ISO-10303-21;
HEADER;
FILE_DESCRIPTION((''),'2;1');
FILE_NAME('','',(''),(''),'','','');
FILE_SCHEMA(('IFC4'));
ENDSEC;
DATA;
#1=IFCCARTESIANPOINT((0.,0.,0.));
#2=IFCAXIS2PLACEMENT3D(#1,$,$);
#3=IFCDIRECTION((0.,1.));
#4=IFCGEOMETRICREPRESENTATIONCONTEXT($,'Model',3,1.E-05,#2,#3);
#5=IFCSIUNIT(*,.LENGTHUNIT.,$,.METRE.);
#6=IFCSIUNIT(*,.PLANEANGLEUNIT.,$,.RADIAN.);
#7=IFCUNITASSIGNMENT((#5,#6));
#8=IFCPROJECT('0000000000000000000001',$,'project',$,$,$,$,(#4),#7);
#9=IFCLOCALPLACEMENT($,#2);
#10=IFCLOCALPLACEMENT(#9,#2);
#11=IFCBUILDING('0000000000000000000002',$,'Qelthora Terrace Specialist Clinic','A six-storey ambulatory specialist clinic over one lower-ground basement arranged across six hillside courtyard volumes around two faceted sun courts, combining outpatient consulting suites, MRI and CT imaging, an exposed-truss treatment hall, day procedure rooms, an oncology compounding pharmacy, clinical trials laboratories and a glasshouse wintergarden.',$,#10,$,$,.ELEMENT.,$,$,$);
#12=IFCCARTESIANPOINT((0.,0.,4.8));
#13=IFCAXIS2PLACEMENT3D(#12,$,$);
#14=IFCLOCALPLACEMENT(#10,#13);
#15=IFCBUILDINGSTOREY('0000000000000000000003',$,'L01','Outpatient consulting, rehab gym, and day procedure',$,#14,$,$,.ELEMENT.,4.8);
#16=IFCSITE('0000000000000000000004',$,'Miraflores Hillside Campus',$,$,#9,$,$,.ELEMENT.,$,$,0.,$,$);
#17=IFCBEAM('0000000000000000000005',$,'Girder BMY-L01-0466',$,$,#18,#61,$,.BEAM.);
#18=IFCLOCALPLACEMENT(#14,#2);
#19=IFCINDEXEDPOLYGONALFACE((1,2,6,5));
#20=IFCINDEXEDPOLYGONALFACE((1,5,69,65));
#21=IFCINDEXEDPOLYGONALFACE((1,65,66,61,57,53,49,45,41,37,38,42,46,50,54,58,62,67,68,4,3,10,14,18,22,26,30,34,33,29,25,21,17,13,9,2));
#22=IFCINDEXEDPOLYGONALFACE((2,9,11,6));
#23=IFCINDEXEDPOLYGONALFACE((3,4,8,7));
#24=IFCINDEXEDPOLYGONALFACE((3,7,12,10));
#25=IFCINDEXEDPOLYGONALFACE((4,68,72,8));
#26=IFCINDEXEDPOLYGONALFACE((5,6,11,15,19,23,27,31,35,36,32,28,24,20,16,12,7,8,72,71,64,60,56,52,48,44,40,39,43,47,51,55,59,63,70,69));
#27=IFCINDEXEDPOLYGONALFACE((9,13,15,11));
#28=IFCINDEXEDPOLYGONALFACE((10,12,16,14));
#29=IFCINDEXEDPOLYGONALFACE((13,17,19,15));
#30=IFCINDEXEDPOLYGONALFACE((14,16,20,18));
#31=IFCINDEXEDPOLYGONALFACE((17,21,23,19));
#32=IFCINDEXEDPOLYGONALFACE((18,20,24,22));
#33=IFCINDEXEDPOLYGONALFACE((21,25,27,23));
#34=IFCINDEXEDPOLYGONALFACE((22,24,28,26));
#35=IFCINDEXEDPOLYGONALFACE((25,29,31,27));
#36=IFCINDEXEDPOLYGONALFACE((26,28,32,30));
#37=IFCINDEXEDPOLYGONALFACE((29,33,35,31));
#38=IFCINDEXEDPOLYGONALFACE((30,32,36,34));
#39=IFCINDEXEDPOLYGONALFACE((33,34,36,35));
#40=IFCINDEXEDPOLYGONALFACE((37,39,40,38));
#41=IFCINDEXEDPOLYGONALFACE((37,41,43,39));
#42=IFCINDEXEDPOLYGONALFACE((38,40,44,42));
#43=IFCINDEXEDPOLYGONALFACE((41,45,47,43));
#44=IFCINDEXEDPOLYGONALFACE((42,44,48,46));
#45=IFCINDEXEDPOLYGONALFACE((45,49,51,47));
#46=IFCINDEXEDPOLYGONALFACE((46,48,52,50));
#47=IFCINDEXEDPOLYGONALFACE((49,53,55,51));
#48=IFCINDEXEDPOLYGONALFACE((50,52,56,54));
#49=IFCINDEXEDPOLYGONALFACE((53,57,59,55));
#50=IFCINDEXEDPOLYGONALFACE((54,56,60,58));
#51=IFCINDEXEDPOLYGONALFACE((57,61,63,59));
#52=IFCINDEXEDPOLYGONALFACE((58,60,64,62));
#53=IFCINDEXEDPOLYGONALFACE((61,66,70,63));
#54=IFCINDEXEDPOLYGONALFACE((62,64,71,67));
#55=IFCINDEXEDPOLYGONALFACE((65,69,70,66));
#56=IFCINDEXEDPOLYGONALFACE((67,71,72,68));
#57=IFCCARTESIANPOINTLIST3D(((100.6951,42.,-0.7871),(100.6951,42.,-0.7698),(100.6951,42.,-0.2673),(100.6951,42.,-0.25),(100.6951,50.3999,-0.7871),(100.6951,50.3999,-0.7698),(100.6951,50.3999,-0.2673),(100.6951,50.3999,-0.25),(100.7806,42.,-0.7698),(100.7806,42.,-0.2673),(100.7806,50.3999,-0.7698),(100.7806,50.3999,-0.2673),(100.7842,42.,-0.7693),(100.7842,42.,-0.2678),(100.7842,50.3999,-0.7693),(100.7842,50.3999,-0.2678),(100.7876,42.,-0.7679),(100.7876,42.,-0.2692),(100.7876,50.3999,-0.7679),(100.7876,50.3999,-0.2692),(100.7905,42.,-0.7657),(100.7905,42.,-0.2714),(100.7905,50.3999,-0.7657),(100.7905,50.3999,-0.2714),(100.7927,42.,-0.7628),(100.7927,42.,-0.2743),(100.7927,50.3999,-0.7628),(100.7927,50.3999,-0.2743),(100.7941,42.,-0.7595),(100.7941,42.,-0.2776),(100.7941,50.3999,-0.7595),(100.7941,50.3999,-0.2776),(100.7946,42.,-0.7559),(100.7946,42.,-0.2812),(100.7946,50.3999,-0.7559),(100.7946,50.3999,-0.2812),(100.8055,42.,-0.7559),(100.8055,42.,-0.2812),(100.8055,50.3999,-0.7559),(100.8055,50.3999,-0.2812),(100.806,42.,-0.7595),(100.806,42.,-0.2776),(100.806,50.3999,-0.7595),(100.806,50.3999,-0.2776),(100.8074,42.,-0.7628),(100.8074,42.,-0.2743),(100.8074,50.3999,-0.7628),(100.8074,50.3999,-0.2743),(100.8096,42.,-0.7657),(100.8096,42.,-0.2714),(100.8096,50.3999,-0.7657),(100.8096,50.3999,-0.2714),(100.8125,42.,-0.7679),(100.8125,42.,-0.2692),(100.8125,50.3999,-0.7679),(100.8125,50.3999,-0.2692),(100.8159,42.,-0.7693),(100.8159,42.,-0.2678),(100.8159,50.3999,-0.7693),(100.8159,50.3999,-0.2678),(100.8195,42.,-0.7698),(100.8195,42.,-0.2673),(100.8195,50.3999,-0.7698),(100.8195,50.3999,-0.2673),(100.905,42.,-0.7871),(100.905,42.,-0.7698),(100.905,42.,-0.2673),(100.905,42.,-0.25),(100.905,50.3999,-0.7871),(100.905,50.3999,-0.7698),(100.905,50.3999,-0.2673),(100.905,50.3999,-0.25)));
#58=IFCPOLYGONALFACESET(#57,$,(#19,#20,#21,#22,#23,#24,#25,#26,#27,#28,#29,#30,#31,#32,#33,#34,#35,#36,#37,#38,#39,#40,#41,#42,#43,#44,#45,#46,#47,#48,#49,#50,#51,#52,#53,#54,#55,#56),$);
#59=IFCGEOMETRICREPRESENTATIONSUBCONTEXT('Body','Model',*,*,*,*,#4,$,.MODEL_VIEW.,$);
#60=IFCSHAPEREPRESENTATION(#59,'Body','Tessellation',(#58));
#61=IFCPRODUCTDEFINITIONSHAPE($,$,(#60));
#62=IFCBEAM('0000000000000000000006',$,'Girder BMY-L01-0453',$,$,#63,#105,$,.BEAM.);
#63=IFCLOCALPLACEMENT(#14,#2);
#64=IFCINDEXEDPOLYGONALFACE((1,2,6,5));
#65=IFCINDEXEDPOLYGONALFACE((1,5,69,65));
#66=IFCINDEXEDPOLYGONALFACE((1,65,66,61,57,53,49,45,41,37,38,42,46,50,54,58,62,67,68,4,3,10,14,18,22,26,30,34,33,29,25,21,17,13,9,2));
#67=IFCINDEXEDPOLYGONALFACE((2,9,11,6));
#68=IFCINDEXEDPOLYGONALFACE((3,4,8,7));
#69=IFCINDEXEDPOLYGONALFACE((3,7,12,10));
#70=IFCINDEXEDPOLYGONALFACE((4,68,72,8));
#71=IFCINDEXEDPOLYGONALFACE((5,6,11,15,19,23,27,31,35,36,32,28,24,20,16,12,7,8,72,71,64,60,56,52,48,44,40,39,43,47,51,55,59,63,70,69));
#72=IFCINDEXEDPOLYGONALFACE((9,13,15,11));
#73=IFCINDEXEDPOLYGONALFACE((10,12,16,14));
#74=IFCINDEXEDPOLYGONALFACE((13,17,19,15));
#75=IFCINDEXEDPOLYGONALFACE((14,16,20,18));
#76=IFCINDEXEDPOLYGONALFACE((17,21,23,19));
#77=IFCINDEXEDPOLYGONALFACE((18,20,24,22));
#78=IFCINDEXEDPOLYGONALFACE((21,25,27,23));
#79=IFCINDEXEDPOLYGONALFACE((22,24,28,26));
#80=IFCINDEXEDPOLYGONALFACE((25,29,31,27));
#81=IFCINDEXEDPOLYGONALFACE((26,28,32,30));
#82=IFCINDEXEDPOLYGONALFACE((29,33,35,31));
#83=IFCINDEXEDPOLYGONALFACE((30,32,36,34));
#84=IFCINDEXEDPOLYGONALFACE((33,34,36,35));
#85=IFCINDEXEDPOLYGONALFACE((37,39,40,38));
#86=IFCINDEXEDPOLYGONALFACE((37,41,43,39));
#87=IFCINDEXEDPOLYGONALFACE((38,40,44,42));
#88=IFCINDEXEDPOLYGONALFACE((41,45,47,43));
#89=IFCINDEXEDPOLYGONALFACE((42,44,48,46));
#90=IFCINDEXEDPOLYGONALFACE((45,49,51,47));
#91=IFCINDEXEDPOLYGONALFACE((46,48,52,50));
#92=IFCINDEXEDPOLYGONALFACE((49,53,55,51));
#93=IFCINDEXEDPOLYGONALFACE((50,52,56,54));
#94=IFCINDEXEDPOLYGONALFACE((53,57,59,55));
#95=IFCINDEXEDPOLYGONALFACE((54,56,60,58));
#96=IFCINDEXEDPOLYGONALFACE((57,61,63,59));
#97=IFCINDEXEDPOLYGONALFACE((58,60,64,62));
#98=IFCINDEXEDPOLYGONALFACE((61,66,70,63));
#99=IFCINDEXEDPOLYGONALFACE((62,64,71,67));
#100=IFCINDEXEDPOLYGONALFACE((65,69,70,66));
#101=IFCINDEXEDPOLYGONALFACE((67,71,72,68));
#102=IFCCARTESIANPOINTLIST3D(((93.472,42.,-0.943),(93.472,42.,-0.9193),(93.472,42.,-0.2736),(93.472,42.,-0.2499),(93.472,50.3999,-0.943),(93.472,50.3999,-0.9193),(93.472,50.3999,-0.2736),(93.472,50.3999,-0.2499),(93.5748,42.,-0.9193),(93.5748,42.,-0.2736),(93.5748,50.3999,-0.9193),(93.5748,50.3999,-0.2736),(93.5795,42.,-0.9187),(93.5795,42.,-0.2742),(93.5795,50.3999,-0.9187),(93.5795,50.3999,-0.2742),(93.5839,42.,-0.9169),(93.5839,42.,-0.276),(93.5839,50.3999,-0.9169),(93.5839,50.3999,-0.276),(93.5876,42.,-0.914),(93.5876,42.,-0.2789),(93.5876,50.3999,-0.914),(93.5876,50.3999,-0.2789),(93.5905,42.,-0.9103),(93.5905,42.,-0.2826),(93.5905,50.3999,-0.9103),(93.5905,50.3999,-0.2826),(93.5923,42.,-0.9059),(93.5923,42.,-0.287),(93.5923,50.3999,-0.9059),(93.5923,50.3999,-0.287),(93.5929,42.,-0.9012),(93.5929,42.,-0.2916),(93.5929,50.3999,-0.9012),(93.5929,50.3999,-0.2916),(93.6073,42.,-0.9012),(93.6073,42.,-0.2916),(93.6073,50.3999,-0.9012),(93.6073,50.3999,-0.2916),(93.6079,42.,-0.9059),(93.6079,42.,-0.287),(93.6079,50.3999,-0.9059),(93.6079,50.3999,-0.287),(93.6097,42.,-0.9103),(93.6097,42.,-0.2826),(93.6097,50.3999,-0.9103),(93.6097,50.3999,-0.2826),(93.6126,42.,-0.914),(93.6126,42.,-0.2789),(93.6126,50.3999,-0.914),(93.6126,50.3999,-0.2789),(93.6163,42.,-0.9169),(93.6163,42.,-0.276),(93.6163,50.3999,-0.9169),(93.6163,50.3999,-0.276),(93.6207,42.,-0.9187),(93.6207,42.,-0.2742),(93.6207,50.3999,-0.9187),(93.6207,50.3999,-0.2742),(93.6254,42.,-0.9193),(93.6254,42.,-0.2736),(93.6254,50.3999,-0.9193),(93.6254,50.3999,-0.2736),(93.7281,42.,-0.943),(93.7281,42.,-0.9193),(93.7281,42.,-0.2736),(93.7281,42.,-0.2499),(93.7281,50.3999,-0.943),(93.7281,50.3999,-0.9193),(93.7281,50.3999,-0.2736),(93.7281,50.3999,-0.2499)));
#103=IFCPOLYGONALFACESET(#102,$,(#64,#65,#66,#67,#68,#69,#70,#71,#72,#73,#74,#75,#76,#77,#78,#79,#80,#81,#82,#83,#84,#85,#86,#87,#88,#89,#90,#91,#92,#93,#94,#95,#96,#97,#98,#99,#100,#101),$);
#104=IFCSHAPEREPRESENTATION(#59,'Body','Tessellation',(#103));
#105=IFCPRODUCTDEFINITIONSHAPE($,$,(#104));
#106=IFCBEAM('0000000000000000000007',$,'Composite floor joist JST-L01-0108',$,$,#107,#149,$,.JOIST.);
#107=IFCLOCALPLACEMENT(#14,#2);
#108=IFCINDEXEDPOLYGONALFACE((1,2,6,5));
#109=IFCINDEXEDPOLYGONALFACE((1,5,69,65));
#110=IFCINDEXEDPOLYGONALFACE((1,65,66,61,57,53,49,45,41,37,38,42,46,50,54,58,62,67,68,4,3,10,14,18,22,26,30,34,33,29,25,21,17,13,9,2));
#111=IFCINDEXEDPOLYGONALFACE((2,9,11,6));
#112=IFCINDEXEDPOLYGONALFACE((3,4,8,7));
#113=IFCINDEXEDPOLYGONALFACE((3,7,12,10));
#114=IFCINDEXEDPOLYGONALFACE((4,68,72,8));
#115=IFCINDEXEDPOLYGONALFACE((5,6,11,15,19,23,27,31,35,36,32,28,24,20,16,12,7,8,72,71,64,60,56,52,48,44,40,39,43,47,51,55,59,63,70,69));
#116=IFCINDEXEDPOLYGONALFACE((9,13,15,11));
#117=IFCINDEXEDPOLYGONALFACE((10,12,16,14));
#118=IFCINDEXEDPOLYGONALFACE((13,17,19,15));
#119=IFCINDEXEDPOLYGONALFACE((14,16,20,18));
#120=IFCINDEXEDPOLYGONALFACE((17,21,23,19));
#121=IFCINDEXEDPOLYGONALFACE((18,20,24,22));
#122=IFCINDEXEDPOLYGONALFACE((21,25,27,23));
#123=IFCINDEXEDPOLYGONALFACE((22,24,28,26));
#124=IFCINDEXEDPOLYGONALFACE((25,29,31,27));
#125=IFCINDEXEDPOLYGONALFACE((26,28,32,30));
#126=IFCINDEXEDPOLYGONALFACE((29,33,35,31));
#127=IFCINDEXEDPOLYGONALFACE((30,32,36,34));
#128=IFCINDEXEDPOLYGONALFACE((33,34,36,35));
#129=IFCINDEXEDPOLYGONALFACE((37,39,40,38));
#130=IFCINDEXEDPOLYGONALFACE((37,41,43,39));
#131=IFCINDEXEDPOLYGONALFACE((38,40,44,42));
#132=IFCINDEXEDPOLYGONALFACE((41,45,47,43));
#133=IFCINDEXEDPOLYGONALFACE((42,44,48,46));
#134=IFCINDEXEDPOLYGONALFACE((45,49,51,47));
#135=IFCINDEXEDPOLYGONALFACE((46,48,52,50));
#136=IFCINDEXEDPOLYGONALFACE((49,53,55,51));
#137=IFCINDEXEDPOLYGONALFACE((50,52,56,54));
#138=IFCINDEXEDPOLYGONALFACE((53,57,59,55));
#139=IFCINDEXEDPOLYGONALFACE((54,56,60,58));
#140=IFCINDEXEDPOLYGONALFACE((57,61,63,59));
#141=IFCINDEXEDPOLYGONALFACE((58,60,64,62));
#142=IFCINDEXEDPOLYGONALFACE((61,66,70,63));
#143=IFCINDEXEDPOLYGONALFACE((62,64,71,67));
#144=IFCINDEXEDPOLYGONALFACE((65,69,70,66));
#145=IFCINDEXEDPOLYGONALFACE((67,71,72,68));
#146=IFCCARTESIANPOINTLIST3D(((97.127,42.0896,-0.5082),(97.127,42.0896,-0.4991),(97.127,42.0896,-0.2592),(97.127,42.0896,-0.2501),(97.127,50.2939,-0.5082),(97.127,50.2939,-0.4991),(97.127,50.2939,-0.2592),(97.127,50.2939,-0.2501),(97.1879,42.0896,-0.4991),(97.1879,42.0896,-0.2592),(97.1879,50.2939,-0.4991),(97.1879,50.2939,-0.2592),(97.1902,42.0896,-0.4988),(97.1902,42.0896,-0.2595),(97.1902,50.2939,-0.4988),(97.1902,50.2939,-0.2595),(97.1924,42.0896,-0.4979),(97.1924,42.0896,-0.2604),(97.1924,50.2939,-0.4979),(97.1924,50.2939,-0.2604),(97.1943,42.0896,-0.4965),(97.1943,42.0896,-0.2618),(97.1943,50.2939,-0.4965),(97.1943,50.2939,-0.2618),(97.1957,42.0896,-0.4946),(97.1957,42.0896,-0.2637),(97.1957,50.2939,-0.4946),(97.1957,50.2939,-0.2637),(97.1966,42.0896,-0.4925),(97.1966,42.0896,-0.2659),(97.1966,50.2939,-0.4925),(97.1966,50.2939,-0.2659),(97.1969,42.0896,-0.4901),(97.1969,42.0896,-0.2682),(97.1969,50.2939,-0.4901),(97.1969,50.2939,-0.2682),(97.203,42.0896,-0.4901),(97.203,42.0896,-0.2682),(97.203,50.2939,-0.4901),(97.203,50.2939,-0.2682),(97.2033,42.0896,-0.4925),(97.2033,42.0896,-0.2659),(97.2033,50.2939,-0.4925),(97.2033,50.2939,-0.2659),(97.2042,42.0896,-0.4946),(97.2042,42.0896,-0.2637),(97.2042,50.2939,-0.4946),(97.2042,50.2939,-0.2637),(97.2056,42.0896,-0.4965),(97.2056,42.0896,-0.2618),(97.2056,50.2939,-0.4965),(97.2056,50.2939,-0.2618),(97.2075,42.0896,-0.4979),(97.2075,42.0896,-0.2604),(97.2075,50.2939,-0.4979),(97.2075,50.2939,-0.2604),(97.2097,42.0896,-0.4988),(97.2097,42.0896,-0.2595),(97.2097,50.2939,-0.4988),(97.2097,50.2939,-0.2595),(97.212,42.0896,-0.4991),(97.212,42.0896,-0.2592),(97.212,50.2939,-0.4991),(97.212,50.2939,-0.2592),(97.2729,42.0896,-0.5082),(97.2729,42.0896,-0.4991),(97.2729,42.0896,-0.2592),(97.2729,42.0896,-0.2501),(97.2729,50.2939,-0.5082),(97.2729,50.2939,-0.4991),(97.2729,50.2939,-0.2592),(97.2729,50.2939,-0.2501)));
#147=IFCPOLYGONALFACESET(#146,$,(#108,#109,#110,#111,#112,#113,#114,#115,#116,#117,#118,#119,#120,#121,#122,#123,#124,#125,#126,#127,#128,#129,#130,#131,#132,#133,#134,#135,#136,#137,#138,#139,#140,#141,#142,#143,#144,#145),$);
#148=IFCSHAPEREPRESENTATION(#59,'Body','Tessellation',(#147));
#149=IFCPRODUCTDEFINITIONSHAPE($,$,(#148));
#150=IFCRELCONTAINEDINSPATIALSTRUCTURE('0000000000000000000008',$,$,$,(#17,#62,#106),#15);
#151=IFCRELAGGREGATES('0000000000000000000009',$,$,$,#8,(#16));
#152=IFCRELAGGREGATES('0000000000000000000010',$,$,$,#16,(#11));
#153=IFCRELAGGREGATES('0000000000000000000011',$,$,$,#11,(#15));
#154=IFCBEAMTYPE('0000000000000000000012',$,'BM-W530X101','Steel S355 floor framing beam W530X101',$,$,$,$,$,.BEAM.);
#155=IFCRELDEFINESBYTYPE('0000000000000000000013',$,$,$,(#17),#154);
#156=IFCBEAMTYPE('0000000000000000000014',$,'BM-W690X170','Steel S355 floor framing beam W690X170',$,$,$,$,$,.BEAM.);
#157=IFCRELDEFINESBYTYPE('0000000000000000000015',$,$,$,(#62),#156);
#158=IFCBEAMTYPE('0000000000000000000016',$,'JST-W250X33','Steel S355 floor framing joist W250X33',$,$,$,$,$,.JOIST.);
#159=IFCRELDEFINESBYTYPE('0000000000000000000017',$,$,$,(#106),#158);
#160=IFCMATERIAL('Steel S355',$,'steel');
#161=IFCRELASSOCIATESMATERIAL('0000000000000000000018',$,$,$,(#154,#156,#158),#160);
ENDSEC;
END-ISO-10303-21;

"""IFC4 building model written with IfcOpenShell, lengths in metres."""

from ifc_helpers import new_model, si_unit, direction, frame, origin, origin_2d, place, context, subcontext, project, spatial, i_section, extrude, material, material_profile, profile_set, type_object, element, save


model = new_model("IFC4")

# Units and contexts
model_context = context("Model", 3, precision=1e-05, world=origin(), true_north=direction((0.0, 1.0)))
body_context = subcontext(model_context, "Body", "Model", "MODEL_VIEW")
ifc_project = project(units=[si_unit("LENGTHUNIT", "METRE"), si_unit("PLANEANGLEUNIT", "RADIAN")], contexts=[model_context])

# Site, building, storey
site_placement = place(None, origin())
site = spatial("IfcSite", under=ifc_project, at=site_placement, Name="Miraflores Hillside Campus", CompositionType="ELEMENT", RefElevation=0.0)
building_placement = place(site_placement, origin())
building = spatial("IfcBuilding", under=site, at=building_placement, Name="Qelthora Terrace Specialist Clinic", Description="A six-storey ambulatory specialist clinic over one lower-ground basement arranged across six hillside courtyard volumes around two faceted sun courts, combining outpatient consulting suites, MRI and CT imaging, an exposed-truss treatment hall, day procedure rooms, an oncology compounding pharmacy, clinical trials laboratories and a glasshouse wintergarden.", CompositionType="ELEMENT")
storey_placement = place(building_placement, frame((0.0, 0.0, 4.8)))
storey = spatial("IfcBuildingStorey", under=building, at=storey_placement, Name="L01", Description="Outpatient consulting, rehab gym, and day procedure", CompositionType="ELEMENT", Elevation=4.8)

# Shared definitions
ifc_material_1 = material(Name="Steel S355", Category="steel")

# Beams
ifc_material_profile_1 = material_profile(ifc_material_1, i_section(OverallWidth=0.21, OverallDepth=0.5371, WebThickness=0.011, FlangeThickness=0.0173, FilletRadius=0.0139, at=origin_2d()), Name="W530X101")
ifc_profile_set_1 = profile_set([ifc_material_profile_1], Name="Steel S355")
beam_type_1 = type_object("IfcBeamType", Name="BM-W530X101", Description="Steel S355 floor framing beam W530X101", PredefinedType="BEAM", material=ifc_profile_set_1)
beam_1_placement = place(storey_placement, frame((100.8, 42.0, -0.5186), z_axis=(0.0, 1.0, 0.0), x_axis=(-1.0, 0.0, 0.0)))
element("IfcBeam", 1, at=beam_1_placement, inside=storey, type_object=beam_type_1, Name="Girder BMY-L01-0466", PredefinedType="BEAM", context=body_context, shape_type="SweptSolid", body=[
    extrude(i_section(OverallWidth=0.21, OverallDepth=0.5371, WebThickness=0.011, FlangeThickness=0.0173, FilletRadius=0.0139, at=origin_2d()), origin(), (0.0, 0.0, 1.0), 8.3999),
])
ifc_material_profile_2 = material_profile(ifc_material_1, i_section(OverallWidth=0.2561, OverallDepth=0.6931, WebThickness=0.0144, FlangeThickness=0.0237, FilletRadius=0.0181, at=origin_2d()), Name="W690X170")
ifc_profile_set_2 = profile_set([ifc_material_profile_2], Name="Steel S355")
beam_type_2 = type_object("IfcBeamType", Name="BM-W690X170", Description="Steel S355 floor framing beam W690X170", PredefinedType="BEAM", material=ifc_profile_set_2)
beam_2_placement = place(storey_placement, frame((93.6001, 42.0, -0.5964), z_axis=(0.0, 1.0, 0.0), x_axis=(-1.0, 0.0, 0.0)))
element("IfcBeam", 2, at=beam_2_placement, inside=storey, type_object=beam_type_2, Name="Girder BMY-L01-0453", PredefinedType="BEAM", context=body_context, shape_type="SweptSolid", body=[
    extrude(i_section(OverallWidth=0.2561, OverallDepth=0.6931, WebThickness=0.0144, FlangeThickness=0.0237, FilletRadius=0.0181, at=origin_2d()), origin(), (0.0, 0.0, 1.0), 8.3999),
])
ifc_material_profile_3 = material_profile(ifc_material_1, i_section(OverallWidth=0.146, OverallDepth=0.2581, WebThickness=0.0061, FlangeThickness=0.009, FilletRadius=0.009, at=origin_2d()), Name="W250X33")
ifc_profile_set_3 = profile_set([ifc_material_profile_3], Name="Steel S355")
beam_type_3 = type_object("IfcBeamType", Name="JST-W250X33", Description="Steel S355 floor framing joist W250X33", PredefinedType="JOIST", material=ifc_profile_set_3)
beam_3_placement = place(storey_placement, frame((97.2, 42.0896, -0.3792), z_axis=(0.0, 1.0, 0.0), x_axis=(-1.0, 0.0, 0.0)))
element("IfcBeam", 3, at=beam_3_placement, inside=storey, type_object=beam_type_3, Name="Composite floor joist JST-L01-0108", PredefinedType="JOIST", context=body_context, shape_type="SweptSolid", body=[
    extrude(i_section(OverallWidth=0.146, OverallDepth=0.2581, WebThickness=0.0061, FlangeThickness=0.009, FilletRadius=0.009, at=origin_2d()), origin(), (0.0, 0.0, 1.0), 8.2043),
])

save(model, "model.ifc")
